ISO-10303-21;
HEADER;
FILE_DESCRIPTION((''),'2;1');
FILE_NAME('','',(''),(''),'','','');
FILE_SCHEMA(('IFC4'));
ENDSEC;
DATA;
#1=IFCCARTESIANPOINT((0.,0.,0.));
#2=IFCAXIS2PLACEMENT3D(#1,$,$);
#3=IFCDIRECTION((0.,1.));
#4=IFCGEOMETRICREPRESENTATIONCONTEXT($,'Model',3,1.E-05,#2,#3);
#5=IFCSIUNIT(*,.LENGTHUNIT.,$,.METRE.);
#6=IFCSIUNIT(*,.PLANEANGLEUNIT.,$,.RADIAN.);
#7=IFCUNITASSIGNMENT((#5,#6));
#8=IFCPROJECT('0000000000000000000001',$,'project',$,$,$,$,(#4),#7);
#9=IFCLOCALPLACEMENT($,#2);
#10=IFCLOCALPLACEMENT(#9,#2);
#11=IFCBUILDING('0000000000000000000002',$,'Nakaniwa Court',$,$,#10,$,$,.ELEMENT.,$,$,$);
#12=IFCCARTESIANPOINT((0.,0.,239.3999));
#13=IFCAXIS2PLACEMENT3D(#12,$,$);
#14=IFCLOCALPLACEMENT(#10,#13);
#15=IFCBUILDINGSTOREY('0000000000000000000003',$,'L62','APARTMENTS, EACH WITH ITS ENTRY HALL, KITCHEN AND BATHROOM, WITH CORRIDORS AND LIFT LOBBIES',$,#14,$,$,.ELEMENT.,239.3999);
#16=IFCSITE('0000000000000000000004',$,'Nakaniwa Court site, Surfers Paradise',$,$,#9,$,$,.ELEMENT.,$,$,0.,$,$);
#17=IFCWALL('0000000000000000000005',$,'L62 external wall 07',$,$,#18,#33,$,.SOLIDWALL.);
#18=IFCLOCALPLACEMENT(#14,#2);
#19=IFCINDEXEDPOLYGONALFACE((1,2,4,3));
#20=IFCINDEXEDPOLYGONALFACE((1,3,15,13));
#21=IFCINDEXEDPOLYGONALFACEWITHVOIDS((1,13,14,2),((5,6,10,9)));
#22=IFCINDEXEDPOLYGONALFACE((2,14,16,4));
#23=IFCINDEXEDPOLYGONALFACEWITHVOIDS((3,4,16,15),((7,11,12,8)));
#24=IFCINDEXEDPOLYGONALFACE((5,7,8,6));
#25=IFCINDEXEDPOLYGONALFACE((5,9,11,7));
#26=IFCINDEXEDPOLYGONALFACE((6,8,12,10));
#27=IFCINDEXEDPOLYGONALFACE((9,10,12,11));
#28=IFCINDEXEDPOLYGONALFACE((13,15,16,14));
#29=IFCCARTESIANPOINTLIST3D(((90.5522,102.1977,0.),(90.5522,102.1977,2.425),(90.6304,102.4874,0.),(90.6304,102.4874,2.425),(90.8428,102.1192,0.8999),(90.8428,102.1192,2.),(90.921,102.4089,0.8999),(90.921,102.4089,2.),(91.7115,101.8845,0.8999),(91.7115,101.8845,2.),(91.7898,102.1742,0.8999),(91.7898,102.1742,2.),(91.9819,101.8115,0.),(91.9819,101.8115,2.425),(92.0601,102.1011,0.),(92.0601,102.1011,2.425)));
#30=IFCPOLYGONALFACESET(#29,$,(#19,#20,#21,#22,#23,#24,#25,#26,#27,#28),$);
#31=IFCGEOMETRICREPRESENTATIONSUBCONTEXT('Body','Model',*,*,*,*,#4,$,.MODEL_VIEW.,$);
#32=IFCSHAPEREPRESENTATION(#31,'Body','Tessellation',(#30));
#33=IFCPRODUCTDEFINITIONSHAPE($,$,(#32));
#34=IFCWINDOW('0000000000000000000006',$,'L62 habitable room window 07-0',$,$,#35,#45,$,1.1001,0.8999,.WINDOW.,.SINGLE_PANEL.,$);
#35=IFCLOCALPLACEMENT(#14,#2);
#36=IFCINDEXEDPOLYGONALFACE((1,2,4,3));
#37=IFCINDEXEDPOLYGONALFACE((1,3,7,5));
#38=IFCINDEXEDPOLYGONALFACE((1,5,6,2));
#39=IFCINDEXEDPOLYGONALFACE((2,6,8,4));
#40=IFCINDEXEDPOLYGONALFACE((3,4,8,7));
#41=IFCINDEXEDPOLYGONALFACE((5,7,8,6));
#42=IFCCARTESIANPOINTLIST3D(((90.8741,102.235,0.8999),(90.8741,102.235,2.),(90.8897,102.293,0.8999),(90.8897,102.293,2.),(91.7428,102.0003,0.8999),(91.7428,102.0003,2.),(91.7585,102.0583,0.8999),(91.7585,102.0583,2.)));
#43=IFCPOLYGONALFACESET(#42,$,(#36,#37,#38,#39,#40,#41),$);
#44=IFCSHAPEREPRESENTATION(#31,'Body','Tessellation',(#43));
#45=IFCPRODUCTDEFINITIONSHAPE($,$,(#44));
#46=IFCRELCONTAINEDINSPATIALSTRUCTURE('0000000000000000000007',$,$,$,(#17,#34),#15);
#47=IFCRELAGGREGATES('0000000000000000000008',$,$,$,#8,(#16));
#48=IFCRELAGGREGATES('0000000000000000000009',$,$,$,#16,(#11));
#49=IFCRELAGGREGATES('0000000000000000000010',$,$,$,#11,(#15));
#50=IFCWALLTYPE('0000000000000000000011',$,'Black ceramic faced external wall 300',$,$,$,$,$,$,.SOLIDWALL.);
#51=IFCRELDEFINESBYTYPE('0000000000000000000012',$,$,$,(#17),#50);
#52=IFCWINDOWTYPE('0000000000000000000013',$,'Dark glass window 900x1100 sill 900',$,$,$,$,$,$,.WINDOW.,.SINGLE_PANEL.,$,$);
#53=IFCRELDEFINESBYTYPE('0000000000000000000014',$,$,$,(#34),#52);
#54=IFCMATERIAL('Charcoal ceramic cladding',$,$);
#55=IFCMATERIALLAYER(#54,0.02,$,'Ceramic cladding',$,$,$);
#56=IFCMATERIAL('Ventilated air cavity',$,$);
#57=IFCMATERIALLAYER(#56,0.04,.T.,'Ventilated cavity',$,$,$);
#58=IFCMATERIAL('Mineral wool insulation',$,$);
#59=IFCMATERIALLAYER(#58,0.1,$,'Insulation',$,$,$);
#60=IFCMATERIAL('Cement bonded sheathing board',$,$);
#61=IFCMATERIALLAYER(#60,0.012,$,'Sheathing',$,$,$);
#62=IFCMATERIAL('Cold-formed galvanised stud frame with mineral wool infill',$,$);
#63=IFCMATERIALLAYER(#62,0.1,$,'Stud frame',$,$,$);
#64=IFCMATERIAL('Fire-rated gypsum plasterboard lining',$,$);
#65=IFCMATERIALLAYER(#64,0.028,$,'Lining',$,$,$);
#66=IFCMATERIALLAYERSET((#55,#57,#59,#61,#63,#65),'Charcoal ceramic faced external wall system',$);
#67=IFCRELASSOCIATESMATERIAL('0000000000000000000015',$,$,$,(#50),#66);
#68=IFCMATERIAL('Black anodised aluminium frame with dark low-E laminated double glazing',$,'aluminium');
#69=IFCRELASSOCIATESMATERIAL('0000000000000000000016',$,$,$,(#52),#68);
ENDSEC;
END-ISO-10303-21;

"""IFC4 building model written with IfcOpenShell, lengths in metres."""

from ifc_helpers import new_model, si_unit, direction, frame, frame_2d, origin, place, context, subcontext, project, spatial, rectangle, extrude, material, layer, layer_set, type_object, element, fill, save


model = new_model("IFC4")

# Units and contexts
model_context = context("Model", 3, precision=1e-05, world=origin(), true_north=direction((0.0, 1.0)))
body_context = subcontext(model_context, "Body", "Model", "MODEL_VIEW")
ifc_project = project(units=[si_unit("LENGTHUNIT", "METRE"), si_unit("PLANEANGLEUNIT", "RADIAN")], contexts=[model_context])

# Site, building, storey
site_placement = place(None, origin())
site = spatial("IfcSite", under=ifc_project, at=site_placement, Name="Nakaniwa Court site, Surfers Paradise", CompositionType="ELEMENT", RefElevation=0.0)
building_placement = place(site_placement, origin())
building = spatial("IfcBuilding", under=site, at=building_placement, Name="Nakaniwa Court", CompositionType="ELEMENT")
storey_placement = place(building_placement, frame((0.0, 0.0, 239.3999)))
storey = spatial("IfcBuildingStorey", under=building, at=storey_placement, Name="L62", Description="APARTMENTS, EACH WITH ITS ENTRY HALL, KITCHEN AND BATHROOM, WITH CORRIDORS AND LIFT LOBBIES", CompositionType="ELEMENT", Elevation=239.3999)

# Wall, opening, window
ifc_material_1 = material(Name="Charcoal ceramic cladding")
ifc_layer_1 = layer(ifc_material_1, 0.02, Name="Ceramic cladding")
ifc_material_2 = material(Name="Ventilated air cavity")
ifc_layer_2 = layer(ifc_material_2, 0.04, ventilated=True, Name="Ventilated cavity")
ifc_material_3 = material(Name="Mineral wool insulation")
ifc_layer_3 = layer(ifc_material_3, 0.1, Name="Insulation")
ifc_material_4 = material(Name="Cement bonded sheathing board")
ifc_layer_4 = layer(ifc_material_4, 0.012, Name="Sheathing")
ifc_material_5 = material(Name="Cold-formed galvanised stud frame with mineral wool infill")
ifc_layer_5 = layer(ifc_material_5, 0.1, Name="Stud frame")
ifc_material_6 = material(Name="Fire-rated gypsum plasterboard lining")
ifc_layer_6 = layer(ifc_material_6, 0.028, Name="Lining")
ifc_layer_set_1 = layer_set([ifc_layer_1, ifc_layer_2, ifc_layer_3, ifc_layer_4, ifc_layer_5, ifc_layer_6], Name="Charcoal ceramic faced external wall system")
wall_type_1 = type_object("IfcWallType", Name="Black ceramic faced external wall 300", PredefinedType="SOLIDWALL", material=ifc_layer_set_1)
ifc_material_7 = material(Name="Black anodised aluminium frame with dark low-E laminated double glazing", Category="aluminium")
window_type_1 = type_object("IfcWindowType", Name="Dark glass window 900x1100 sill 900", PartitioningType="SINGLE_PANEL", PredefinedType="WINDOW", material=ifc_material_7)
wall_1_placement = place(storey_placement, frame((92.021, 101.9563, 0.0), z_axis=(0.0, 0.0, 1.0), x_axis=(-0.965393, 0.260801, 0.0)))
wall_1 = element("IfcWall", 1, at=wall_1_placement, inside=storey, type_object=wall_type_1, Name="L62 external wall 07", PredefinedType="SOLIDWALL", context=body_context, shape_type="SweptSolid", body=[
    extrude(rectangle(XDim=1.481, YDim=0.3, at=frame_2d((0.7405, 0.0))), origin(), (0.0, 0.0, 1.0), 2.425),
])
opening_1_placement = place(wall_1_placement, frame((0.28, 0.0, 0.8999)))
opening_1 = element("IfcOpeningElement", 2, at=opening_1_placement, cuts=wall_1, PredefinedType="OPENING", context=body_context, shape_type="SweptSolid", body=[
    extrude(rectangle(XDim=0.8999, YDim=1.1001, at=frame_2d((0.45, 0.55))), frame((0.0, 0.1599, 0.0), z_axis=(0.0, -1.0, 0.0), x_axis=(1.0, 0.0, 0.0)), (0.0, 0.0, 1.0), 0.3201),
])
window_1_placement = place(opening_1_placement, origin())
window_1 = element("IfcWindow", 3, at=window_1_placement, inside=storey, type_object=window_type_1, Name="L62 habitable room window 07-0", OverallHeight=1.1001, OverallWidth=0.8999, PartitioningType="SINGLE_PANEL", PredefinedType="WINDOW", context=body_context, shape_type="SweptSolid", body=[
    extrude(rectangle(XDim=0.8999, YDim=1.1001, at=frame_2d((0.45, 0.55))), frame((0.0, 0.03, 0.0), z_axis=(0.0, -1.0, 0.0), x_axis=(1.0, 0.0, 0.0)), (0.0, 0.0, 1.0), 0.0601),
])
fill(opening_1, window_1)

save(model, "model.ifc")
